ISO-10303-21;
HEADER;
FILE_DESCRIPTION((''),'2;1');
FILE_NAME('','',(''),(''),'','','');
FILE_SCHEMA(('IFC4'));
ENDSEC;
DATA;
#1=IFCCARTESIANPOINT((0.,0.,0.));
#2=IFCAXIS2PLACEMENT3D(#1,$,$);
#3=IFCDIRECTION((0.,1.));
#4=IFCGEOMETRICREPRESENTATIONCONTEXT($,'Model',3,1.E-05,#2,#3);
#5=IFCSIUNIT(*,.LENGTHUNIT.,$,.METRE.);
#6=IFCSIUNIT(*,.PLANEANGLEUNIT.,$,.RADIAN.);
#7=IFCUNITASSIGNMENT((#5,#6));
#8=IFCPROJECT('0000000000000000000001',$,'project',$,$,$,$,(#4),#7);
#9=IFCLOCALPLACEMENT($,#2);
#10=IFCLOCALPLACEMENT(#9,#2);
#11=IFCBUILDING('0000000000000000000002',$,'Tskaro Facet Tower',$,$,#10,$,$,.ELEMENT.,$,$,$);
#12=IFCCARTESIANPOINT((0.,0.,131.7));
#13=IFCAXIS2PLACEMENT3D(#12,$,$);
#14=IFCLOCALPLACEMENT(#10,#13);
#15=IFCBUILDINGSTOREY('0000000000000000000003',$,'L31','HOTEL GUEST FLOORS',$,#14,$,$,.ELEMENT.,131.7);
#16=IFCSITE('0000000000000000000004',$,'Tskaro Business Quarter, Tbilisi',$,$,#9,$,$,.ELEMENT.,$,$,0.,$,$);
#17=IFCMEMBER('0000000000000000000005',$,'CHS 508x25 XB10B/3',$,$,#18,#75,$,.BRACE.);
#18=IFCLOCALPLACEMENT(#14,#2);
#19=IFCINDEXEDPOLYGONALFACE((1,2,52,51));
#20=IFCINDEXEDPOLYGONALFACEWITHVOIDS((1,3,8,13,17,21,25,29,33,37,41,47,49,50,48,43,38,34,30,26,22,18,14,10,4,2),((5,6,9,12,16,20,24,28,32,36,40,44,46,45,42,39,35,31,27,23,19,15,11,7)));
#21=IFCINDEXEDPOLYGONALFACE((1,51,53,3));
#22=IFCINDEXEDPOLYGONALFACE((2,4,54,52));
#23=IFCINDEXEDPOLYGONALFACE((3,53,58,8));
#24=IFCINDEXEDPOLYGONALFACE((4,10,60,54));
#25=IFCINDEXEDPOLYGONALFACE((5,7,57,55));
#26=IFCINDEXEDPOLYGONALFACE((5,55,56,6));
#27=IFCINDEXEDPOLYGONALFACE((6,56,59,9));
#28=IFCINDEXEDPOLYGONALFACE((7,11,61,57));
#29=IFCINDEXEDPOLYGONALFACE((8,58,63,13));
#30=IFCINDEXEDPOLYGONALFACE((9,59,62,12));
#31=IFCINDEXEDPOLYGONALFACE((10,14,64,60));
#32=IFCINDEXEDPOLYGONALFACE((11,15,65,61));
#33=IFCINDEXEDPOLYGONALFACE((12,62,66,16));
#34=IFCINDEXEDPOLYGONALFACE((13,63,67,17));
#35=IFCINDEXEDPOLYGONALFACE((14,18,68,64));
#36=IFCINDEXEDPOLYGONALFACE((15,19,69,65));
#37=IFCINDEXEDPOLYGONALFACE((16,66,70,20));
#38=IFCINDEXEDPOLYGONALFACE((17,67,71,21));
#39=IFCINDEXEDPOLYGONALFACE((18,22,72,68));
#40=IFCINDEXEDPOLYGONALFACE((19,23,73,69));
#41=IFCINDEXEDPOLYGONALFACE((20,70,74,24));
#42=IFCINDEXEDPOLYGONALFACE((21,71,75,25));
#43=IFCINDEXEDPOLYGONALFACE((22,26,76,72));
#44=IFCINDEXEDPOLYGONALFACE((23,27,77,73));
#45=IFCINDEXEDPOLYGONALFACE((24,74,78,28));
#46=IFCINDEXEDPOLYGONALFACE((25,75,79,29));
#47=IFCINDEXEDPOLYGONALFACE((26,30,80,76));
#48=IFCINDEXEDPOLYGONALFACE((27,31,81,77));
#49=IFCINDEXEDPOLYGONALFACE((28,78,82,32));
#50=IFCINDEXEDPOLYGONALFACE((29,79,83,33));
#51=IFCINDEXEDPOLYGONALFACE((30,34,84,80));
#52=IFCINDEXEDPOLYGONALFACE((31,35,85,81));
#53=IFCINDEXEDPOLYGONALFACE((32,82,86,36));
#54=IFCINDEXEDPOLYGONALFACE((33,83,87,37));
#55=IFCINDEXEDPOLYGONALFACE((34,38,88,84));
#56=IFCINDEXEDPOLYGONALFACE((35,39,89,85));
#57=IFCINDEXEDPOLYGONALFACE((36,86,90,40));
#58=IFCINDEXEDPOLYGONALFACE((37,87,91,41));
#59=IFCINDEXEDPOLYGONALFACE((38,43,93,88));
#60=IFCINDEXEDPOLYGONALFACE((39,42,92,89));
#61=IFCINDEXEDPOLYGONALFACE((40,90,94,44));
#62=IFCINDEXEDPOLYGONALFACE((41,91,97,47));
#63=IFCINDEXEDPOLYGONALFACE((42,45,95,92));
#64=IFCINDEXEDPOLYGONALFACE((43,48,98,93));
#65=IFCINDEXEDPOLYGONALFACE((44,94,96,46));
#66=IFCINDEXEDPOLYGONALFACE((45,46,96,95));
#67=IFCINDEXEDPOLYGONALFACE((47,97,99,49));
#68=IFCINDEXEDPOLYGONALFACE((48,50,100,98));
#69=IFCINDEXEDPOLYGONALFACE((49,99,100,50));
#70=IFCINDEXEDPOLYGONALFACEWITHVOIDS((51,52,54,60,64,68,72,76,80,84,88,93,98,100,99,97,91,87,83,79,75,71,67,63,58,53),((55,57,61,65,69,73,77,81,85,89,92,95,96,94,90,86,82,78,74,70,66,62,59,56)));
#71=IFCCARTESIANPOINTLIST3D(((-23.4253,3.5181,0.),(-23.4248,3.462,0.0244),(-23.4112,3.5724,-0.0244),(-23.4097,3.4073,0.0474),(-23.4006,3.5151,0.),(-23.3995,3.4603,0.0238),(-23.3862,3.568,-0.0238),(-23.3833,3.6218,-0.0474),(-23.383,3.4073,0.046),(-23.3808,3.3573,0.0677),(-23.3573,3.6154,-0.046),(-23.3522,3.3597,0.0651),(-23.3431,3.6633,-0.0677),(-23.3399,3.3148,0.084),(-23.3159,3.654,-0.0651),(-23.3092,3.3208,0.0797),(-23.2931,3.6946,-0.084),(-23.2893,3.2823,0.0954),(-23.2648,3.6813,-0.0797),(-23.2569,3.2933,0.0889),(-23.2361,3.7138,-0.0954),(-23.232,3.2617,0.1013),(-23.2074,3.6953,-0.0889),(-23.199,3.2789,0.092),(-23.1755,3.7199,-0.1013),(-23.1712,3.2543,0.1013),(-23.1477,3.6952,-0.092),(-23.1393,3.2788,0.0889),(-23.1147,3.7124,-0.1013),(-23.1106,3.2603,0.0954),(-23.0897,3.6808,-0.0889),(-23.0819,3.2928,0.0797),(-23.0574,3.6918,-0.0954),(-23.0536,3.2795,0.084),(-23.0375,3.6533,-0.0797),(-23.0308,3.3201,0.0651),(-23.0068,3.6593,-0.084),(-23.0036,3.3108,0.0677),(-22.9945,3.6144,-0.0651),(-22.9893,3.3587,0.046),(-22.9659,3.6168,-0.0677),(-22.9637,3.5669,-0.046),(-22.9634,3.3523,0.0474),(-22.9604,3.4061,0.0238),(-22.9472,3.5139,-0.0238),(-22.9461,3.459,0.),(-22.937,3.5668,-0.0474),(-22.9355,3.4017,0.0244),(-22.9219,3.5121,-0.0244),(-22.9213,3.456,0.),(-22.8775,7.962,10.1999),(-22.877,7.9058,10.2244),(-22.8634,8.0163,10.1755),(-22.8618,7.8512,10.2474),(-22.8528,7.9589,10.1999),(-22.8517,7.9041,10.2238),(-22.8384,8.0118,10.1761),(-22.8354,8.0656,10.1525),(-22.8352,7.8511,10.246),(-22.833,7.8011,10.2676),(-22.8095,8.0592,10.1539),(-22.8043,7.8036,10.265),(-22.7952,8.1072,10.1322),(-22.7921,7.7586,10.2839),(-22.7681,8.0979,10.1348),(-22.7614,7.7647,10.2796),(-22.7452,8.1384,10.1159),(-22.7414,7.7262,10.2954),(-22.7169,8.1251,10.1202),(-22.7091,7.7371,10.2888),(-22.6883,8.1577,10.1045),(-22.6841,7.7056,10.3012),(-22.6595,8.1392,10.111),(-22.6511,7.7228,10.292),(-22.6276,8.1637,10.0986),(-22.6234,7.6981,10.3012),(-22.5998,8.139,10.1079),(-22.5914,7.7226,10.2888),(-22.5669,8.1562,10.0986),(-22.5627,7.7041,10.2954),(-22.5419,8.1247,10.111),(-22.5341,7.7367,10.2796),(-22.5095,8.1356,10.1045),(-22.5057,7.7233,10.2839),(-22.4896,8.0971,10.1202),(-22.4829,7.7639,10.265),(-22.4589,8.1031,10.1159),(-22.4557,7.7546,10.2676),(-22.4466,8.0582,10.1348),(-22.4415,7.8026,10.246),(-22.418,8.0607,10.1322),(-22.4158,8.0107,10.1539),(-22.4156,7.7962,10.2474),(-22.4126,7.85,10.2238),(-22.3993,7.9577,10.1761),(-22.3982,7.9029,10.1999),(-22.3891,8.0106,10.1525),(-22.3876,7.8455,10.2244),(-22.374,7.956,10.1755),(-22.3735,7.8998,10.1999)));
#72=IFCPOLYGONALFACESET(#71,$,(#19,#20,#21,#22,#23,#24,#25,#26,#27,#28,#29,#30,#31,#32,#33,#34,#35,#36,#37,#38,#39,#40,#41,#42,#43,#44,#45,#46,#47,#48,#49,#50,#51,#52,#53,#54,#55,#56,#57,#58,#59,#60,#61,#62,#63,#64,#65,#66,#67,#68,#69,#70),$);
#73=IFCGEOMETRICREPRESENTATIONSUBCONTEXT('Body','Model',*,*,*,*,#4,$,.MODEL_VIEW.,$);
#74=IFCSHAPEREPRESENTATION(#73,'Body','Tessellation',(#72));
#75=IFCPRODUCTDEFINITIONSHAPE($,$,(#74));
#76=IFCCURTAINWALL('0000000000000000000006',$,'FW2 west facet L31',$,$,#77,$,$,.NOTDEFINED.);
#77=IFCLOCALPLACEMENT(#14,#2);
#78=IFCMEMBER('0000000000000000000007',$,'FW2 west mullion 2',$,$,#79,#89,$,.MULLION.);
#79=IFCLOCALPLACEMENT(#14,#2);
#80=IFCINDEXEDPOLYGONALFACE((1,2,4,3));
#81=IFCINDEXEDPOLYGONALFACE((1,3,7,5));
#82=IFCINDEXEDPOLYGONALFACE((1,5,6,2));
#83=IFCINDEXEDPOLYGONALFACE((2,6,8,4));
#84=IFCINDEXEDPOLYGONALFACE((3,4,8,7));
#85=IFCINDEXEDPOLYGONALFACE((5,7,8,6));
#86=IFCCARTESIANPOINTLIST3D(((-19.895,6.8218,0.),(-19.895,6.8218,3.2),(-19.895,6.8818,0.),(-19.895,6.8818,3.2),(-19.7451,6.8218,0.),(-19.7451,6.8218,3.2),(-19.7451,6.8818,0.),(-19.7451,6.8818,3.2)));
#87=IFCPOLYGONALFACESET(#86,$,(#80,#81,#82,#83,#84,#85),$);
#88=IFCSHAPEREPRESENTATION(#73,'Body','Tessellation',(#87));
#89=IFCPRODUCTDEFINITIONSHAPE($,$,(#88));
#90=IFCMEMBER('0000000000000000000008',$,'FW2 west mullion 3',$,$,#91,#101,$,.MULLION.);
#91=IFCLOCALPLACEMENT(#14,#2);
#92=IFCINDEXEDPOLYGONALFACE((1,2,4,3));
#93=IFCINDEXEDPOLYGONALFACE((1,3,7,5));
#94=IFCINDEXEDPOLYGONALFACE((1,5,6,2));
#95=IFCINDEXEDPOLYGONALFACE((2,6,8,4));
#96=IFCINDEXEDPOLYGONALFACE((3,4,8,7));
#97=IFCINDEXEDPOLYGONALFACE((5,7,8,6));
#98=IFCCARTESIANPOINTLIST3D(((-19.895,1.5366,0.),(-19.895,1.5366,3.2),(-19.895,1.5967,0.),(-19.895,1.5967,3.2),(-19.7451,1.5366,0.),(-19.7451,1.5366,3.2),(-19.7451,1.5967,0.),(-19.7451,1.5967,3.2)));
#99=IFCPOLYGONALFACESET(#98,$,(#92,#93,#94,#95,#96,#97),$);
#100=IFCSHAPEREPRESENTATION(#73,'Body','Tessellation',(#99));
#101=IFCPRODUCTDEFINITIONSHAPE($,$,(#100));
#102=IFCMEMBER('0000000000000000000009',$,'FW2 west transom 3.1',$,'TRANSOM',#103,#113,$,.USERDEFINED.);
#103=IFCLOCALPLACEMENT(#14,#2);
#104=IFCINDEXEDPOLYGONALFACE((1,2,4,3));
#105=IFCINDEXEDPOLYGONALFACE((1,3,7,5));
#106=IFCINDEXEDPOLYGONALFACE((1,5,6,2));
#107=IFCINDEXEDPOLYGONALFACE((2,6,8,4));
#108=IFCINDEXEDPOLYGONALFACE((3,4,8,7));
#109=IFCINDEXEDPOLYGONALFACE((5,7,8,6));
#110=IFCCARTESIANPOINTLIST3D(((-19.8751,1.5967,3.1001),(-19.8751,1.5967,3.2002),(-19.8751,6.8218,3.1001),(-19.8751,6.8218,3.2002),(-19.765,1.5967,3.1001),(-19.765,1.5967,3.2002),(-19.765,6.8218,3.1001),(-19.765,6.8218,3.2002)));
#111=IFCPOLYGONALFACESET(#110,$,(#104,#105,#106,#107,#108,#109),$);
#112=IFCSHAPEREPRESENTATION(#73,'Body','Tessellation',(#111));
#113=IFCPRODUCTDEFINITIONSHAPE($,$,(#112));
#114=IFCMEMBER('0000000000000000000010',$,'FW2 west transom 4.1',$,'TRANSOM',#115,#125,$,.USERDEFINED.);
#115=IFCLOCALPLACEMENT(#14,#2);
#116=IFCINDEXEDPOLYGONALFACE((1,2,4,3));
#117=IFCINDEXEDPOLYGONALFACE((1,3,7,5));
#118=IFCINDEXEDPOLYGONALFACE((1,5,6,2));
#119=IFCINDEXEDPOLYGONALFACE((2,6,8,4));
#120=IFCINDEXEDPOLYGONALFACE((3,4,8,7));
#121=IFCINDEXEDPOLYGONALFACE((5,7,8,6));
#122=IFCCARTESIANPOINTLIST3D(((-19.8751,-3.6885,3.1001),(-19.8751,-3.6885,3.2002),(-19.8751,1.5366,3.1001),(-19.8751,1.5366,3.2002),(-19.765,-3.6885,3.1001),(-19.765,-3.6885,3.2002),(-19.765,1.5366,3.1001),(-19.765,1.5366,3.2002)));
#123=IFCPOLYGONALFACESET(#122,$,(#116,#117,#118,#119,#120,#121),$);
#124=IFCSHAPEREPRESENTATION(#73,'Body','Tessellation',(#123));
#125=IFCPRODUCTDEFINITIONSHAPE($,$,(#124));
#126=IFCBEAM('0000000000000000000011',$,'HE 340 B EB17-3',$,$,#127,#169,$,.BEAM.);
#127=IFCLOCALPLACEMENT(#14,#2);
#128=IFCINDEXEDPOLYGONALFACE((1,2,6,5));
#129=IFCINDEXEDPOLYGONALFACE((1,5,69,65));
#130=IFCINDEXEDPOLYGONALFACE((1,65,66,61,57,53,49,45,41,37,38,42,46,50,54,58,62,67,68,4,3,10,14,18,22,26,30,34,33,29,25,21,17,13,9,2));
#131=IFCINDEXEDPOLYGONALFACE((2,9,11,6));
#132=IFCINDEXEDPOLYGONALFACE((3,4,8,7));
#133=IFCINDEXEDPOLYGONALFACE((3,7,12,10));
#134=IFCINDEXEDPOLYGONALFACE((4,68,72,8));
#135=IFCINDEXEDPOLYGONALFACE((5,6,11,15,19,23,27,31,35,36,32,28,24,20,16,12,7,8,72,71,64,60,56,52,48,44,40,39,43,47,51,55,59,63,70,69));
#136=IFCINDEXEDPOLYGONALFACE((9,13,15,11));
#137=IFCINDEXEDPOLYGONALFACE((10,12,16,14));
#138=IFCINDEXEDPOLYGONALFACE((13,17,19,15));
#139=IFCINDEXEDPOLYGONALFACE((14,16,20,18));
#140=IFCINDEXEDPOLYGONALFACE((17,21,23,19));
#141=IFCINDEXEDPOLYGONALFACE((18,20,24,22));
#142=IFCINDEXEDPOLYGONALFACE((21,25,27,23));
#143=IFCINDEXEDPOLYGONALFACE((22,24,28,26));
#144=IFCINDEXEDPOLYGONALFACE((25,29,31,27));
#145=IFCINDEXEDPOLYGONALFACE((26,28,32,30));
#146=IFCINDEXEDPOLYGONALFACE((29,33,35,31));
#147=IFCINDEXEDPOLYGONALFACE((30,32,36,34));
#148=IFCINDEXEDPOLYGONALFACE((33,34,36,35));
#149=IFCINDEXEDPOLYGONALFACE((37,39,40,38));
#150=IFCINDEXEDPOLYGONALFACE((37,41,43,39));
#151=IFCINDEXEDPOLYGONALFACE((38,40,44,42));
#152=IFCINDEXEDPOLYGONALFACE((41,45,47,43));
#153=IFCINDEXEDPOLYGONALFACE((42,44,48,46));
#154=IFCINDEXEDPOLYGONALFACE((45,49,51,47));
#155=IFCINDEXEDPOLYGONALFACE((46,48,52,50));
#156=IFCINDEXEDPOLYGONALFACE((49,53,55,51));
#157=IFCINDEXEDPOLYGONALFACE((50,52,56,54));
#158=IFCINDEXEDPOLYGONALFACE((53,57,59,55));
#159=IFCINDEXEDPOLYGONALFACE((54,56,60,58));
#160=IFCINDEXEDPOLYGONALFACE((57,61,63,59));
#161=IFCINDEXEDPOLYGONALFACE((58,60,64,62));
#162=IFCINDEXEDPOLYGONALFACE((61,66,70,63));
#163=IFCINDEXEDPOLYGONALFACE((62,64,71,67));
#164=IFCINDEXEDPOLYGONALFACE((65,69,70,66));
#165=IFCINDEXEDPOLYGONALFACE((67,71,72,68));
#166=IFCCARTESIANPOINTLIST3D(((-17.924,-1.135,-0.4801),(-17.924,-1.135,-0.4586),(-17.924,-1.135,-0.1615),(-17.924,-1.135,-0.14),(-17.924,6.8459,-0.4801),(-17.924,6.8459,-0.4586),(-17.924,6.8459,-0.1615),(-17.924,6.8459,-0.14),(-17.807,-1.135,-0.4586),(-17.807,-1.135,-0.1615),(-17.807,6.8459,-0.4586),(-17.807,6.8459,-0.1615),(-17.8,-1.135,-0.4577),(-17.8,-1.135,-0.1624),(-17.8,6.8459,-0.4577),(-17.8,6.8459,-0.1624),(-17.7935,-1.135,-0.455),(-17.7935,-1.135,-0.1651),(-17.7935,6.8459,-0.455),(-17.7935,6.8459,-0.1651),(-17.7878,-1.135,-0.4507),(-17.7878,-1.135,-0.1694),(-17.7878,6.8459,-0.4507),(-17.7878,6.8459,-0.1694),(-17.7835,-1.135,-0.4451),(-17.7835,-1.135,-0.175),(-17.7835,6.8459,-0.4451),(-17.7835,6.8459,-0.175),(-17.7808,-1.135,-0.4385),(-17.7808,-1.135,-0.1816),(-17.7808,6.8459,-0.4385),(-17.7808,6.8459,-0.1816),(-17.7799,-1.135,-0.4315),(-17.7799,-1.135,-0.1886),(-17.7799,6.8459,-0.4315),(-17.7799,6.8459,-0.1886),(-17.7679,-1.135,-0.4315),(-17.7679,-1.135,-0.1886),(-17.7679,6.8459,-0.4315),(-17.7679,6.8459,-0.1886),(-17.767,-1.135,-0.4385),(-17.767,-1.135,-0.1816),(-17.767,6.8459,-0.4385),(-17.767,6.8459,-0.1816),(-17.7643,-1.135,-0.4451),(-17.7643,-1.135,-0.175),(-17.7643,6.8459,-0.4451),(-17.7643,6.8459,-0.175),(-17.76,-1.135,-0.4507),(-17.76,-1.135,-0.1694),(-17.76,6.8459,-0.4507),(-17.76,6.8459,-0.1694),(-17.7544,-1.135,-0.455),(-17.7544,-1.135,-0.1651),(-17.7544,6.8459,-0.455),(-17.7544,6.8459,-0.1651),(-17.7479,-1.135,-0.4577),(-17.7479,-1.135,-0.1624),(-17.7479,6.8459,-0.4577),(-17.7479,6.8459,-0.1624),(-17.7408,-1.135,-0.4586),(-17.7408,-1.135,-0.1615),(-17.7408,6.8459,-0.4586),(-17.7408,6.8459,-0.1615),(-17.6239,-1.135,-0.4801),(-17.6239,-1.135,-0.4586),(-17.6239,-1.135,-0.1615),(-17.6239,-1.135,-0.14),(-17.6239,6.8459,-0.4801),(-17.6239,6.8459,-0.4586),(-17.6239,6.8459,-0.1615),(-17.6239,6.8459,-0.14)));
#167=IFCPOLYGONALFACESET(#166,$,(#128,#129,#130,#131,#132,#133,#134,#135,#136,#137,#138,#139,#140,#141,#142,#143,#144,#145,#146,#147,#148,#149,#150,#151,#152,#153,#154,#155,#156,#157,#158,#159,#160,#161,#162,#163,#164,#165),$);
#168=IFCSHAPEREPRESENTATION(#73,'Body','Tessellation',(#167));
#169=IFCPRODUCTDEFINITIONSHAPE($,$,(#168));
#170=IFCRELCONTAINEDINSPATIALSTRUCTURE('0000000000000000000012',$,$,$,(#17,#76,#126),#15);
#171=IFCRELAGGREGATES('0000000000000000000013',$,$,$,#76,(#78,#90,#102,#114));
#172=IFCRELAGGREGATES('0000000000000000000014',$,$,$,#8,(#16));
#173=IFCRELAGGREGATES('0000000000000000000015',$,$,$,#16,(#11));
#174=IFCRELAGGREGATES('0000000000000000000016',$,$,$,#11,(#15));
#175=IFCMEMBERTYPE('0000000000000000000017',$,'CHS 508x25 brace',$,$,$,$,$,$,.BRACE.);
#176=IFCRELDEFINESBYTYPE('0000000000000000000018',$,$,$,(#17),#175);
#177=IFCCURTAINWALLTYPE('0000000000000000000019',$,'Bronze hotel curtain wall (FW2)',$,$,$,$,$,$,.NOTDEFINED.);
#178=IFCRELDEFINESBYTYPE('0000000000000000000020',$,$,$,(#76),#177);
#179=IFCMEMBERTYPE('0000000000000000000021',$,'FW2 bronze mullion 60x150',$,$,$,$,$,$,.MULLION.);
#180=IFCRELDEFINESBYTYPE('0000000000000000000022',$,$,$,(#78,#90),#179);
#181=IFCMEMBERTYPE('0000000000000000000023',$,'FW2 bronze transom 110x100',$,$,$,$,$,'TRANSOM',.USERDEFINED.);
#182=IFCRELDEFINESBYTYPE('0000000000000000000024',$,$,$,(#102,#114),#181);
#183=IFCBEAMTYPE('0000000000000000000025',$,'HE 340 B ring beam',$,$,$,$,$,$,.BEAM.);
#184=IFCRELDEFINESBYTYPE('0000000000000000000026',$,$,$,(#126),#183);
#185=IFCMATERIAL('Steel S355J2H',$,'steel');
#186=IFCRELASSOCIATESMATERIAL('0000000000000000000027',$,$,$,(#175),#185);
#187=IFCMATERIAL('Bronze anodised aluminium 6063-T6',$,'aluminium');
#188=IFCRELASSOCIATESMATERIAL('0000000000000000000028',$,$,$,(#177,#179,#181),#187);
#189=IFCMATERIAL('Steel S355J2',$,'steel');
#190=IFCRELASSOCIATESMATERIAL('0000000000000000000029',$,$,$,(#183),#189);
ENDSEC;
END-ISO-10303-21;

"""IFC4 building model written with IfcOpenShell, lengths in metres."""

from ifc_helpers import new_model, si_unit, direction, frame, origin, origin_2d, place, context, subcontext, project, spatial, rectangle, hollow_circle, i_section, extrude, material, material_profile, profile_set, type_object, element, aggregate, save


model = new_model("IFC4")

# Units and contexts
model_context = context("Model", 3, precision=1e-05, world=origin(), true_north=direction((0.0, 1.0)))
body_context = subcontext(model_context, "Body", "Model", "MODEL_VIEW")
ifc_project = project(units=[si_unit("LENGTHUNIT", "METRE"), si_unit("PLANEANGLEUNIT", "RADIAN")], contexts=[model_context])

# Site, building, storey
site_placement = place(None, origin())
site = spatial("IfcSite", under=ifc_project, at=site_placement, Name="Tskaro Business Quarter, Tbilisi", CompositionType="ELEMENT", RefElevation=0.0)
building_placement = place(site_placement, origin())
building = spatial("IfcBuilding", under=site, at=building_placement, Name="Tskaro Facet Tower", CompositionType="ELEMENT")
storey_placement = place(building_placement, frame((0.0, 0.0, 131.7)))
storey = spatial("IfcBuildingStorey", under=building, at=storey_placement, Name="L31", Description="HOTEL GUEST FLOORS", CompositionType="ELEMENT", Elevation=131.7)

# Shared definitions
ifc_material_1 = material(Name="Steel S355J2H", Category="steel")

# Member
ifc_material_profile_1 = material_profile(ifc_material_1, hollow_circle(Radius=0.2539, WallThickness=0.0249, at=origin_2d()), Name="CHS 508x25")
ifc_profile_set_1 = profile_set([ifc_material_profile_1], Name="Steel S355J2H")
member_type_1 = type_object("IfcMemberType", Name="CHS 508x25 brace", PredefinedType="BRACE", material=ifc_profile_set_1)
member_1_placement = place(storey_placement, frame((-23.1733, 3.4871, 0.0), z_axis=(0.049181, 0.398929, 0.915662), x_axis=(-0.992486, 0.122357, 0.0)))
element("IfcMember", 1, at=member_1_placement, inside=storey, type_object=member_type_1, Name="CHS 508x25 XB10B/3", PredefinedType="BRACE", context=body_context, shape_type="SweptSolid", body=[
    extrude(hollow_circle(Radius=0.2539, WallThickness=0.0249, at=origin_2d()), origin(), (0.0, 0.0, 1.0), 11.1394),
])

# Curtain wall, members
ifc_material_2 = material(Name="Bronze anodised aluminium 6063-T6", Category="aluminium")
curtain_wall_type = type_object("IfcCurtainWallType", Name="Bronze hotel curtain wall (FW2)", PredefinedType="NOTDEFINED", material=ifc_material_2)
curtain_wall_placement = place(storey_placement, origin())
curtain_wall = element("IfcCurtainWall", 2, at=curtain_wall_placement, inside=storey, type_object=curtain_wall_type, Name="FW2 west facet L31", PredefinedType="NOTDEFINED")
ifc_material_profile_2 = material_profile(ifc_material_2, rectangle(XDim=0.0601, YDim=0.1499, at=origin_2d()), Name="Mullion 60x150")
ifc_profile_set_2 = profile_set([ifc_material_profile_2], Name="Bronze anodised aluminium 6063-T6")
member_type_2 = type_object("IfcMemberType", Name="FW2 bronze mullion 60x150", PredefinedType="MULLION", material=ifc_profile_set_2)
member_2_placement = place(storey_placement, frame((-19.8201, 6.8518, 0.0), z_axis=(0.0, 0.0, 1.0), x_axis=(0.0, -1.0, 0.0)))
member_2 = element("IfcMember", 3, at=member_2_placement, type_object=member_type_2, Name="FW2 west mullion 2", PredefinedType="MULLION", context=body_context, shape_type="SweptSolid", body=[
    extrude(rectangle(XDim=0.0601, YDim=0.1499, at=origin_2d()), origin(), (0.0, 0.0, 1.0), 3.2),
])
member_3_placement = place(storey_placement, frame((-19.8201, 1.5667, 0.0), z_axis=(0.0, 0.0, 1.0), x_axis=(0.0, -1.0, 0.0)))
member_3 = element("IfcMember", 4, at=member_3_placement, type_object=member_type_2, Name="FW2 west mullion 3", PredefinedType="MULLION", context=body_context, shape_type="SweptSolid", body=[
    extrude(rectangle(XDim=0.0601, YDim=0.1499, at=origin_2d()), origin(), (0.0, 0.0, 1.0), 3.2),
])
ifc_material_profile_3 = material_profile(ifc_material_2, rectangle(XDim=0.1101, YDim=0.1001, at=origin_2d()), Name="Transom 110x100")
ifc_profile_set_3 = profile_set([ifc_material_profile_3], Name="Bronze anodised aluminium 6063-T6")
member_type_3 = type_object("IfcMemberType", Name="FW2 bronze transom 110x100", ElementType="TRANSOM", PredefinedType="USERDEFINED", material=ifc_profile_set_3)
member_4_placement = place(storey_placement, frame((-19.8201, 6.8218, 3.1501), z_axis=(0.0, -1.0, 0.0), x_axis=(1.0, 0.0, 0.0)))
member_4 = element("IfcMember", 5, at=member_4_placement, type_object=member_type_3, Name="FW2 west transom 3.1", ObjectType="TRANSOM", PredefinedType="USERDEFINED", context=body_context, shape_type="SweptSolid", body=[
    extrude(rectangle(XDim=0.1101, YDim=0.1001, at=origin_2d()), origin(), (0.0, 0.0, 1.0), 5.2251),
])
member_5_placement = place(storey_placement, frame((-19.8201, 1.5366, 3.1501), z_axis=(0.0, -1.0, 0.0), x_axis=(1.0, 0.0, 0.0)))
member_5 = element("IfcMember", 6, at=member_5_placement, type_object=member_type_3, Name="FW2 west transom 4.1", ObjectType="TRANSOM", PredefinedType="USERDEFINED", context=body_context, shape_type="SweptSolid", body=[
    extrude(rectangle(XDim=0.1101, YDim=0.1001, at=origin_2d()), origin(), (0.0, 0.0, 1.0), 5.2251),
])

# Beam
ifc_material_3 = material(Name="Steel S355J2", Category="steel")
ifc_material_profile_4 = material_profile(ifc_material_3, i_section(OverallWidth=0.3, OverallDepth=0.3401, WebThickness=0.012, FlangeThickness=0.0215, FilletRadius=0.0271, at=origin_2d()), Name="HE 340 B")
ifc_profile_set_4 = profile_set([ifc_material_profile_4], Name="Steel S355J2")
beam_type_1 = type_object("IfcBeamType", Name="HE 340 B ring beam", PredefinedType="BEAM", material=ifc_profile_set_4)
beam_1_placement = place(storey_placement, frame((-17.7739, 6.8459, -0.3101), z_axis=(0.0, -1.0, 0.0), x_axis=(1.0, 0.0, 0.0)))
element("IfcBeam", 7, at=beam_1_placement, inside=storey, type_object=beam_type_1, Name="HE 340 B EB17-3", PredefinedType="BEAM", context=body_context, shape_type="SweptSolid", body=[
    extrude(i_section(OverallWidth=0.3, OverallDepth=0.3401, WebThickness=0.012, FlangeThickness=0.0215, FilletRadius=0.0271, at=origin_2d()), origin(), (0.0, 0.0, 1.0), 7.981),
])

aggregate(curtain_wall, [member_2, member_3, member_4, member_5])

save(model, "model.ifc")
